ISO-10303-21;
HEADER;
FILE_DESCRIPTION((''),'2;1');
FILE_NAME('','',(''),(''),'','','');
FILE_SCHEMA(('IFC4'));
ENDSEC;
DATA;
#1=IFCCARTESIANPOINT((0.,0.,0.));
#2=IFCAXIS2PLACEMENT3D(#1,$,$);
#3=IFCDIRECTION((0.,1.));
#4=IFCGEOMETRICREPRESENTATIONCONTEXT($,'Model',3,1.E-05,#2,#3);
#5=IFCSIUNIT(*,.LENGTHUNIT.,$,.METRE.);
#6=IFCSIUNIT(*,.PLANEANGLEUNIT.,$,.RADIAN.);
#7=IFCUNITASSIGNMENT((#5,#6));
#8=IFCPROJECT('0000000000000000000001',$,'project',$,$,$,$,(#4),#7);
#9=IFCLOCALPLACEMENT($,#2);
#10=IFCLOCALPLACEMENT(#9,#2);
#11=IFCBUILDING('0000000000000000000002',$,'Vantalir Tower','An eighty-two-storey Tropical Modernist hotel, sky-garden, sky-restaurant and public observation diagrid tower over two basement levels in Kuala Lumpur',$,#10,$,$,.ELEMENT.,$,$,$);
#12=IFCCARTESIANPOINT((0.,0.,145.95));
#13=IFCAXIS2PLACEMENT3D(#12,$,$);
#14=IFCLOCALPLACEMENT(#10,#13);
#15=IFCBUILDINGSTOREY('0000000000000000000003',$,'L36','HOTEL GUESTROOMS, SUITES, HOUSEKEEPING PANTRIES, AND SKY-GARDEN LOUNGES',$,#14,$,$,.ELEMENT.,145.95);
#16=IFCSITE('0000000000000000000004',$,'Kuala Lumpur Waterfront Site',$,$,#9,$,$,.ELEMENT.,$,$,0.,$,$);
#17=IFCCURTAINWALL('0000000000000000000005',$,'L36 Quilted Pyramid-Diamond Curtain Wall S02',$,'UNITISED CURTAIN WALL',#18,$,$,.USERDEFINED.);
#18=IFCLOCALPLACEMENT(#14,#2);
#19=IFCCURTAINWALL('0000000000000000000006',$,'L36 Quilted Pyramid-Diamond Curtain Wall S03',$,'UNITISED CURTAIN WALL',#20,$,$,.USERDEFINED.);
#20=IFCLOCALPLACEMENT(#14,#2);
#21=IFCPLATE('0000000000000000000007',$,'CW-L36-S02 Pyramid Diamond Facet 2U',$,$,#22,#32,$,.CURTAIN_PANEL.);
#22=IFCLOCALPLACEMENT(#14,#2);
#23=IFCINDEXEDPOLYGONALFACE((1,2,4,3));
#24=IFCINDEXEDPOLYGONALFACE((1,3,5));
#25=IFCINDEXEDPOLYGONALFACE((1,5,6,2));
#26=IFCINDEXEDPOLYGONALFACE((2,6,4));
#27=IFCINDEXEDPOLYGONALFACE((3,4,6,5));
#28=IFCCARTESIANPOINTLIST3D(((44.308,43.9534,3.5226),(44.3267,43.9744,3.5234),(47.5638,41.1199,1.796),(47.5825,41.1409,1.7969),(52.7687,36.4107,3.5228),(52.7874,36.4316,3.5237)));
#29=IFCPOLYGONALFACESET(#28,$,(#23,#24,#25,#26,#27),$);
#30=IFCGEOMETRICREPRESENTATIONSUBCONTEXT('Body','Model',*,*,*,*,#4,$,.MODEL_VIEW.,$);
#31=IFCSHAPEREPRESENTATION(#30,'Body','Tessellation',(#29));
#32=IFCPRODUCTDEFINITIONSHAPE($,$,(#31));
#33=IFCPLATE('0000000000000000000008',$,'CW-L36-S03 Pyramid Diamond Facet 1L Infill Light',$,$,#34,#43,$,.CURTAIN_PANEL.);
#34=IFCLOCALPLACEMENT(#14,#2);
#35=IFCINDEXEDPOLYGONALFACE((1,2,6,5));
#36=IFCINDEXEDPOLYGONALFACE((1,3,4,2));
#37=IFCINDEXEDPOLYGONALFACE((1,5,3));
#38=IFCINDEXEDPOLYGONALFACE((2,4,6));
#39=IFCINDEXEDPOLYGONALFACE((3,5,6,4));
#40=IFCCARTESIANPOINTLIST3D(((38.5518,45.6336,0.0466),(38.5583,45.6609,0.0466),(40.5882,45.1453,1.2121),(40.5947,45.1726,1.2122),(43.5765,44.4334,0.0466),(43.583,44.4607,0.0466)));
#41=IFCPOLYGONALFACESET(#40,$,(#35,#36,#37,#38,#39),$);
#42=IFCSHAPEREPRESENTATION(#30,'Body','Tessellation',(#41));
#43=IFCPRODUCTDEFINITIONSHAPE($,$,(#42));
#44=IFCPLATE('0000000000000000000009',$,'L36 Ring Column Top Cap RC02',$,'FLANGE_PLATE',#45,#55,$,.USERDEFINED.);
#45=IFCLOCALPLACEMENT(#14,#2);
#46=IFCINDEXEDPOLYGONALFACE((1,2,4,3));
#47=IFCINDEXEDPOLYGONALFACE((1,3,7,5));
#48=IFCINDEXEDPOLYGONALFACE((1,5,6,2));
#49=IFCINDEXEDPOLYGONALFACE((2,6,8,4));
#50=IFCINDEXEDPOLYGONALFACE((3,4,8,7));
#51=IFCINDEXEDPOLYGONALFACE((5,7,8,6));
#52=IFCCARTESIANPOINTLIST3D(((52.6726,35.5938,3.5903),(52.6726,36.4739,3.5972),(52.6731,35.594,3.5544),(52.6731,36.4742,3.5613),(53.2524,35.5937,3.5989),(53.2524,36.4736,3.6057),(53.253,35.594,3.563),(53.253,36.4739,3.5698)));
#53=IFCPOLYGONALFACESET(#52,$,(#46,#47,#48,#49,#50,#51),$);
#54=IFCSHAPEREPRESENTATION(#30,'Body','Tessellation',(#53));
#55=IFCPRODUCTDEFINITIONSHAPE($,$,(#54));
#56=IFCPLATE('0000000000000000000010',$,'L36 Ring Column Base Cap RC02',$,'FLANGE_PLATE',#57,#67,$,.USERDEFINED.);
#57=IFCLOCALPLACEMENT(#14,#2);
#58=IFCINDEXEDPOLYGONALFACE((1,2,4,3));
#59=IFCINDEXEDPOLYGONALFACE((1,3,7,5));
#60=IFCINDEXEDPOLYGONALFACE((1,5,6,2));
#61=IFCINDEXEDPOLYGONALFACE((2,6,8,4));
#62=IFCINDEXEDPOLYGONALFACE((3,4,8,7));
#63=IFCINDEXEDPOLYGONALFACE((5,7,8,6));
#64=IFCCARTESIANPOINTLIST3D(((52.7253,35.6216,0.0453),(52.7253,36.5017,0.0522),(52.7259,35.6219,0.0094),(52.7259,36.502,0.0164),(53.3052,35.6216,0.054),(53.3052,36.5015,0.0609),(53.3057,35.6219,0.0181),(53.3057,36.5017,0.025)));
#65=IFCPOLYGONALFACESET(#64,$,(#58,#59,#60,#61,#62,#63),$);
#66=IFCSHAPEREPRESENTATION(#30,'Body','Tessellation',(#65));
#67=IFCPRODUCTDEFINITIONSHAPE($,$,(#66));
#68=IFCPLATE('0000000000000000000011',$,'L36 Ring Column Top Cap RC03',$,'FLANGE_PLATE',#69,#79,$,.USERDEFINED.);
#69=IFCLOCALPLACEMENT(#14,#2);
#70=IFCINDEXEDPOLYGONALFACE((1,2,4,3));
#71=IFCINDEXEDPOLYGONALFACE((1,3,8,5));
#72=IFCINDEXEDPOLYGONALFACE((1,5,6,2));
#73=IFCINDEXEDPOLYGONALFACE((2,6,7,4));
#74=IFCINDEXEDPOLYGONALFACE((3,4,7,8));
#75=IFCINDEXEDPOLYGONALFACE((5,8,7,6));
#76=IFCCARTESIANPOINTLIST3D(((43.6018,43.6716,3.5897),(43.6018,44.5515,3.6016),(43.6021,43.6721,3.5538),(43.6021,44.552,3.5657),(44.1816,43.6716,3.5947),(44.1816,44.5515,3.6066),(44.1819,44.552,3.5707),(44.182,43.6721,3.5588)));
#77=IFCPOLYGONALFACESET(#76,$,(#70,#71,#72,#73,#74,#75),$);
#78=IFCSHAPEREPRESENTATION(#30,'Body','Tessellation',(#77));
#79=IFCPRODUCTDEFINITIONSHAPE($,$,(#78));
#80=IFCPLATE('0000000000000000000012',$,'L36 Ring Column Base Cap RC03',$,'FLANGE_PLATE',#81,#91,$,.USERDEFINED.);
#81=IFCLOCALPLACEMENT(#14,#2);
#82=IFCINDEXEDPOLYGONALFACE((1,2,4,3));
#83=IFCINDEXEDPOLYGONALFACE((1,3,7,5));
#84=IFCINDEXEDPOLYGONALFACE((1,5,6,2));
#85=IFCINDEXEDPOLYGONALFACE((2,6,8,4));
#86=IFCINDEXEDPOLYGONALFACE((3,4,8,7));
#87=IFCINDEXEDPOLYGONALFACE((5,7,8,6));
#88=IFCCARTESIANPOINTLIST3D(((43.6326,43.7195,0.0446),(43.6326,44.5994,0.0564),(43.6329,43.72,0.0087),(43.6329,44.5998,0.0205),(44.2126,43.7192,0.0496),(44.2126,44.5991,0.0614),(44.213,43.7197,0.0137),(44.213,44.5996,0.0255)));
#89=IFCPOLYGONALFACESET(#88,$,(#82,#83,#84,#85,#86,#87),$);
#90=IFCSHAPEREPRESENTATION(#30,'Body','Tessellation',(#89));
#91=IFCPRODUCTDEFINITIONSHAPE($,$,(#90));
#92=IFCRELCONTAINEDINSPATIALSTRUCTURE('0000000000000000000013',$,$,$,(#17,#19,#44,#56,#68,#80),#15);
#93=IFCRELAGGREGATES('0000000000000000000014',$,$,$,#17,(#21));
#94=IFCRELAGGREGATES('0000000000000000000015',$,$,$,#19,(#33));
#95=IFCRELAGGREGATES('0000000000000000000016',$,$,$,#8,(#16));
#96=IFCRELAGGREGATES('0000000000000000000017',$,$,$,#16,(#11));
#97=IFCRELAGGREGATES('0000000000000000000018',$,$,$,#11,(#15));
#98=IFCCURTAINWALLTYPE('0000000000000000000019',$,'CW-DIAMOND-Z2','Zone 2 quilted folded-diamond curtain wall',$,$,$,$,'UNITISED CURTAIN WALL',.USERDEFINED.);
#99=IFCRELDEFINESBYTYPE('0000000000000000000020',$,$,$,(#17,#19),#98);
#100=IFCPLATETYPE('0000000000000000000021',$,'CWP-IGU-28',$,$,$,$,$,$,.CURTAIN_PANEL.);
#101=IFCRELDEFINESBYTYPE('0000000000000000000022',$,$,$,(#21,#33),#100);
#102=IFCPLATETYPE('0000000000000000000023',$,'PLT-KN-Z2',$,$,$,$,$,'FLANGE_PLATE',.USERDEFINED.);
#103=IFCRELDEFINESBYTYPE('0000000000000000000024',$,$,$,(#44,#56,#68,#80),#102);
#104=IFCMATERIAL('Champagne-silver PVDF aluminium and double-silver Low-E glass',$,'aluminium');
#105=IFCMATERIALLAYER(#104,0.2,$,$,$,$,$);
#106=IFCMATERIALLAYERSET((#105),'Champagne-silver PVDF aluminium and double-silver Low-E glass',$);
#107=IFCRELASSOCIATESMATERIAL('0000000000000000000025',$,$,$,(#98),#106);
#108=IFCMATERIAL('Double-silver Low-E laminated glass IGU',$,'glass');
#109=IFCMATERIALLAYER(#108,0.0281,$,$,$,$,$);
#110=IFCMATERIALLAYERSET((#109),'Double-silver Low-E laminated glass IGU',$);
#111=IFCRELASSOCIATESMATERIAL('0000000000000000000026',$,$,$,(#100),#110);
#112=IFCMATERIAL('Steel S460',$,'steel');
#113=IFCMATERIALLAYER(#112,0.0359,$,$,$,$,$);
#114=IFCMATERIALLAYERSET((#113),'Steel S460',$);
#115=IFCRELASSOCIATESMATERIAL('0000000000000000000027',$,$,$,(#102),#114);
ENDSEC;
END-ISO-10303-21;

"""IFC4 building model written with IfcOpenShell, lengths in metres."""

from ifc_helpers import new_model, si_unit, direction, frame, origin, place, context, subcontext, project, spatial, polyline, outline, extrude, material, layer, layer_set, type_object, element, aggregate, save


model = new_model("IFC4")

# Units and contexts
model_context = context("Model", 3, precision=1e-05, world=origin(), true_north=direction((0.0, 1.0)))
body_context = subcontext(model_context, "Body", "Model", "MODEL_VIEW")
ifc_project = project(units=[si_unit("LENGTHUNIT", "METRE"), si_unit("PLANEANGLEUNIT", "RADIAN")], contexts=[model_context])

# Site, building, storey
site_placement = place(None, origin())
site = spatial("IfcSite", under=ifc_project, at=site_placement, Name="Kuala Lumpur Waterfront Site", CompositionType="ELEMENT", RefElevation=0.0)
building_placement = place(site_placement, origin())
building = spatial("IfcBuilding", under=site, at=building_placement, Name="Vantalir Tower", Description="An eighty-two-storey Tropical Modernist hotel, sky-garden, sky-restaurant and public observation diagrid tower over two basement levels in Kuala Lumpur", CompositionType="ELEMENT")
storey_placement = place(building_placement, frame((0.0, 0.0, 145.95)))
storey = spatial("IfcBuildingStorey", under=building, at=storey_placement, Name="L36", Description="HOTEL GUESTROOMS, SUITES, HOUSEKEEPING PANTRIES, AND SKY-GARDEN LOUNGES", CompositionType="ELEMENT", Elevation=145.95)

# Shared definitions
ifc_material_1 = material(Name="Steel S460", Category="steel")

# Shared definitions
ifc_material_2 = material(Name="Champagne-silver PVDF aluminium and double-silver Low-E glass", Category="aluminium")
ifc_layer_1 = layer(ifc_material_2, 0.2)
ifc_layer_set_1 = layer_set([ifc_layer_1], Name="Champagne-silver PVDF aluminium and double-silver Low-E glass")
curtain_wall_type = type_object("IfcCurtainWallType", Name="CW-DIAMOND-Z2", Description="Zone 2 quilted folded-diamond curtain wall", ElementType="UNITISED CURTAIN WALL", PredefinedType="USERDEFINED", material=ifc_layer_set_1)

# Curtain wall
curtain_wall_1_placement = place(storey_placement, origin())
curtain_wall_1 = element("IfcCurtainWall", 1, at=curtain_wall_1_placement, inside=storey, type_object=curtain_wall_type, Name="L36 Quilted Pyramid-Diamond Curtain Wall S02", ObjectType="UNITISED CURTAIN WALL", PredefinedType="USERDEFINED")

# Curtain wall
curtain_wall_2_placement = place(storey_placement, origin())
curtain_wall_2 = element("IfcCurtainWall", 2, at=curtain_wall_2_placement, inside=storey, type_object=curtain_wall_type, Name="L36 Quilted Pyramid-Diamond Curtain Wall S03", ObjectType="UNITISED CURTAIN WALL", PredefinedType="USERDEFINED")

# Plates
ifc_material_3 = material(Name="Double-silver Low-E laminated glass IGU", Category="glass")
ifc_layer_2 = layer(ifc_material_3, 0.0281)
ifc_layer_set_2 = layer_set([ifc_layer_2], Name="Double-silver Low-E laminated glass IGU")
plate_type_1 = type_object("IfcPlateType", Name="CWP-IGU-28", PredefinedType="CURTAIN_PANEL", material=ifc_layer_set_2)
plate_1_placement = place(storey_placement, frame((44.3267, 43.9744, 3.5234), z_axis=(0.665155, 0.746108, 0.029863), x_axis=(0.74644, -0.665453, 0.000022)))
plate_1 = element("IfcPlate", 3, at=plate_1_placement, type_object=plate_type_1, Name="CW-L36-S02 Pyramid Diamond Facet 2U", PredefinedType="CURTAIN_PANEL", context=body_context, shape_type="SweptSolid", body=[
    extrude(outline(polyline([(0.0, 0.0), (11.3347, 0.0), (4.3158, 1.7274), (0.0, 0.0)])), origin(), (0.0, 0.0, -1.0), 0.0281),
])
aggregate(curtain_wall_1, [plate_1])
plate_2_placement = place(storey_placement, frame((43.583, 44.4607, 0.0466), z_axis=(0.232325, 0.972637, 0.001561), x_axis=(-0.972638, 0.232325, 0.0)))
plate_2 = element("IfcPlate", 4, at=plate_2_placement, type_object=plate_type_1, Name="CW-L36-S03 Pyramid Diamond Facet 1L Infill Light", PredefinedType="CURTAIN_PANEL", context=body_context, shape_type="SweptSolid", body=[
    extrude(outline(polyline([(0.0, 0.0), (5.166, 0.0), (3.0719, 1.1655), (0.0, 0.0)])), origin(), (0.0, 0.0, -1.0), 0.0281),
])
aggregate(curtain_wall_2, [plate_2])

# Plates
ifc_layer_3 = layer(ifc_material_1, 0.0359)
ifc_layer_set_3 = layer_set([ifc_layer_3], Name="Steel S460")
plate_type_2 = type_object("IfcPlateType", Name="PLT-KN-Z2", ElementType="FLANGE_PLATE", PredefinedType="USERDEFINED", material=ifc_layer_set_3)
plate_3_placement = place(storey_placement, frame((52.6726, 36.4739, 3.5972), z_axis=(-0.014736, -0.007767, 0.999861), x_axis=(0.0, -0.99997, -0.007768)))
element("IfcPlate", 5, at=plate_3_placement, inside=storey, type_object=plate_type_2, Name="L36 Ring Column Top Cap RC02", ObjectType="FLANGE_PLATE", PredefinedType="USERDEFINED", context=body_context, shape_type="SweptSolid", body=[
    extrude(outline(polyline([(0.0, 0.0), (0.8802, 0.0), (0.8801, 0.5799), (0.0002, 0.5799), (0.0, 0.0)])), origin(), (0.0, 0.0, -1.0), 0.0359),
])
plate_4_placement = place(storey_placement, frame((52.7253, 36.5017, 0.0522), z_axis=(-0.014947, -0.007906, 0.999857), x_axis=(-0.000002, -0.999969, -0.007907)))
element("IfcPlate", 6, at=plate_4_placement, inside=storey, type_object=plate_type_2, Name="L36 Ring Column Base Cap RC02", ObjectType="FLANGE_PLATE", PredefinedType="USERDEFINED", context=body_context, shape_type="SweptSolid", body=[
    extrude(outline(polyline([(0.0, 0.0), (0.8802, 0.0), (0.8801, 0.5799), (0.0002, 0.5799), (0.0, 0.0)])), origin(), (0.0, 0.0, -1.0), 0.0359),
])
plate_5_placement = place(storey_placement, frame((43.6018, 44.5515, 3.6016), z_axis=(-0.00863, -0.013456, 0.999872), x_axis=(-0.000001, -0.999909, -0.013456)))
element("IfcPlate", 7, at=plate_5_placement, inside=storey, type_object=plate_type_2, Name="L36 Ring Column Top Cap RC03", ObjectType="FLANGE_PLATE", PredefinedType="USERDEFINED", context=body_context, shape_type="SweptSolid", body=[
    extrude(outline(polyline([(0.0, 0.0), (0.88, 0.0), (0.8799, 0.5799), (-0.0001, 0.5799), (0.0, 0.0)])), origin(), (0.0, 0.0, -1.0), 0.0359),
])
plate_6_placement = place(storey_placement, frame((43.6326, 44.5994, 0.0564), z_axis=(-0.008633, -0.013456, 0.999872), x_axis=(0.000001, -0.999909, -0.013456)))
element("IfcPlate", 8, at=plate_6_placement, inside=storey, type_object=plate_type_2, Name="L36 Ring Column Base Cap RC03", ObjectType="FLANGE_PLATE", PredefinedType="USERDEFINED", context=body_context, shape_type="SweptSolid", body=[
    extrude(outline(polyline([(0.0, 0.0), (0.88, 0.0), (0.8801, 0.5801), (0.0002, 0.5801), (0.0, 0.0)])), origin(), (0.0, 0.0, -1.0), 0.0359),
])

save(model, "model.ifc")
